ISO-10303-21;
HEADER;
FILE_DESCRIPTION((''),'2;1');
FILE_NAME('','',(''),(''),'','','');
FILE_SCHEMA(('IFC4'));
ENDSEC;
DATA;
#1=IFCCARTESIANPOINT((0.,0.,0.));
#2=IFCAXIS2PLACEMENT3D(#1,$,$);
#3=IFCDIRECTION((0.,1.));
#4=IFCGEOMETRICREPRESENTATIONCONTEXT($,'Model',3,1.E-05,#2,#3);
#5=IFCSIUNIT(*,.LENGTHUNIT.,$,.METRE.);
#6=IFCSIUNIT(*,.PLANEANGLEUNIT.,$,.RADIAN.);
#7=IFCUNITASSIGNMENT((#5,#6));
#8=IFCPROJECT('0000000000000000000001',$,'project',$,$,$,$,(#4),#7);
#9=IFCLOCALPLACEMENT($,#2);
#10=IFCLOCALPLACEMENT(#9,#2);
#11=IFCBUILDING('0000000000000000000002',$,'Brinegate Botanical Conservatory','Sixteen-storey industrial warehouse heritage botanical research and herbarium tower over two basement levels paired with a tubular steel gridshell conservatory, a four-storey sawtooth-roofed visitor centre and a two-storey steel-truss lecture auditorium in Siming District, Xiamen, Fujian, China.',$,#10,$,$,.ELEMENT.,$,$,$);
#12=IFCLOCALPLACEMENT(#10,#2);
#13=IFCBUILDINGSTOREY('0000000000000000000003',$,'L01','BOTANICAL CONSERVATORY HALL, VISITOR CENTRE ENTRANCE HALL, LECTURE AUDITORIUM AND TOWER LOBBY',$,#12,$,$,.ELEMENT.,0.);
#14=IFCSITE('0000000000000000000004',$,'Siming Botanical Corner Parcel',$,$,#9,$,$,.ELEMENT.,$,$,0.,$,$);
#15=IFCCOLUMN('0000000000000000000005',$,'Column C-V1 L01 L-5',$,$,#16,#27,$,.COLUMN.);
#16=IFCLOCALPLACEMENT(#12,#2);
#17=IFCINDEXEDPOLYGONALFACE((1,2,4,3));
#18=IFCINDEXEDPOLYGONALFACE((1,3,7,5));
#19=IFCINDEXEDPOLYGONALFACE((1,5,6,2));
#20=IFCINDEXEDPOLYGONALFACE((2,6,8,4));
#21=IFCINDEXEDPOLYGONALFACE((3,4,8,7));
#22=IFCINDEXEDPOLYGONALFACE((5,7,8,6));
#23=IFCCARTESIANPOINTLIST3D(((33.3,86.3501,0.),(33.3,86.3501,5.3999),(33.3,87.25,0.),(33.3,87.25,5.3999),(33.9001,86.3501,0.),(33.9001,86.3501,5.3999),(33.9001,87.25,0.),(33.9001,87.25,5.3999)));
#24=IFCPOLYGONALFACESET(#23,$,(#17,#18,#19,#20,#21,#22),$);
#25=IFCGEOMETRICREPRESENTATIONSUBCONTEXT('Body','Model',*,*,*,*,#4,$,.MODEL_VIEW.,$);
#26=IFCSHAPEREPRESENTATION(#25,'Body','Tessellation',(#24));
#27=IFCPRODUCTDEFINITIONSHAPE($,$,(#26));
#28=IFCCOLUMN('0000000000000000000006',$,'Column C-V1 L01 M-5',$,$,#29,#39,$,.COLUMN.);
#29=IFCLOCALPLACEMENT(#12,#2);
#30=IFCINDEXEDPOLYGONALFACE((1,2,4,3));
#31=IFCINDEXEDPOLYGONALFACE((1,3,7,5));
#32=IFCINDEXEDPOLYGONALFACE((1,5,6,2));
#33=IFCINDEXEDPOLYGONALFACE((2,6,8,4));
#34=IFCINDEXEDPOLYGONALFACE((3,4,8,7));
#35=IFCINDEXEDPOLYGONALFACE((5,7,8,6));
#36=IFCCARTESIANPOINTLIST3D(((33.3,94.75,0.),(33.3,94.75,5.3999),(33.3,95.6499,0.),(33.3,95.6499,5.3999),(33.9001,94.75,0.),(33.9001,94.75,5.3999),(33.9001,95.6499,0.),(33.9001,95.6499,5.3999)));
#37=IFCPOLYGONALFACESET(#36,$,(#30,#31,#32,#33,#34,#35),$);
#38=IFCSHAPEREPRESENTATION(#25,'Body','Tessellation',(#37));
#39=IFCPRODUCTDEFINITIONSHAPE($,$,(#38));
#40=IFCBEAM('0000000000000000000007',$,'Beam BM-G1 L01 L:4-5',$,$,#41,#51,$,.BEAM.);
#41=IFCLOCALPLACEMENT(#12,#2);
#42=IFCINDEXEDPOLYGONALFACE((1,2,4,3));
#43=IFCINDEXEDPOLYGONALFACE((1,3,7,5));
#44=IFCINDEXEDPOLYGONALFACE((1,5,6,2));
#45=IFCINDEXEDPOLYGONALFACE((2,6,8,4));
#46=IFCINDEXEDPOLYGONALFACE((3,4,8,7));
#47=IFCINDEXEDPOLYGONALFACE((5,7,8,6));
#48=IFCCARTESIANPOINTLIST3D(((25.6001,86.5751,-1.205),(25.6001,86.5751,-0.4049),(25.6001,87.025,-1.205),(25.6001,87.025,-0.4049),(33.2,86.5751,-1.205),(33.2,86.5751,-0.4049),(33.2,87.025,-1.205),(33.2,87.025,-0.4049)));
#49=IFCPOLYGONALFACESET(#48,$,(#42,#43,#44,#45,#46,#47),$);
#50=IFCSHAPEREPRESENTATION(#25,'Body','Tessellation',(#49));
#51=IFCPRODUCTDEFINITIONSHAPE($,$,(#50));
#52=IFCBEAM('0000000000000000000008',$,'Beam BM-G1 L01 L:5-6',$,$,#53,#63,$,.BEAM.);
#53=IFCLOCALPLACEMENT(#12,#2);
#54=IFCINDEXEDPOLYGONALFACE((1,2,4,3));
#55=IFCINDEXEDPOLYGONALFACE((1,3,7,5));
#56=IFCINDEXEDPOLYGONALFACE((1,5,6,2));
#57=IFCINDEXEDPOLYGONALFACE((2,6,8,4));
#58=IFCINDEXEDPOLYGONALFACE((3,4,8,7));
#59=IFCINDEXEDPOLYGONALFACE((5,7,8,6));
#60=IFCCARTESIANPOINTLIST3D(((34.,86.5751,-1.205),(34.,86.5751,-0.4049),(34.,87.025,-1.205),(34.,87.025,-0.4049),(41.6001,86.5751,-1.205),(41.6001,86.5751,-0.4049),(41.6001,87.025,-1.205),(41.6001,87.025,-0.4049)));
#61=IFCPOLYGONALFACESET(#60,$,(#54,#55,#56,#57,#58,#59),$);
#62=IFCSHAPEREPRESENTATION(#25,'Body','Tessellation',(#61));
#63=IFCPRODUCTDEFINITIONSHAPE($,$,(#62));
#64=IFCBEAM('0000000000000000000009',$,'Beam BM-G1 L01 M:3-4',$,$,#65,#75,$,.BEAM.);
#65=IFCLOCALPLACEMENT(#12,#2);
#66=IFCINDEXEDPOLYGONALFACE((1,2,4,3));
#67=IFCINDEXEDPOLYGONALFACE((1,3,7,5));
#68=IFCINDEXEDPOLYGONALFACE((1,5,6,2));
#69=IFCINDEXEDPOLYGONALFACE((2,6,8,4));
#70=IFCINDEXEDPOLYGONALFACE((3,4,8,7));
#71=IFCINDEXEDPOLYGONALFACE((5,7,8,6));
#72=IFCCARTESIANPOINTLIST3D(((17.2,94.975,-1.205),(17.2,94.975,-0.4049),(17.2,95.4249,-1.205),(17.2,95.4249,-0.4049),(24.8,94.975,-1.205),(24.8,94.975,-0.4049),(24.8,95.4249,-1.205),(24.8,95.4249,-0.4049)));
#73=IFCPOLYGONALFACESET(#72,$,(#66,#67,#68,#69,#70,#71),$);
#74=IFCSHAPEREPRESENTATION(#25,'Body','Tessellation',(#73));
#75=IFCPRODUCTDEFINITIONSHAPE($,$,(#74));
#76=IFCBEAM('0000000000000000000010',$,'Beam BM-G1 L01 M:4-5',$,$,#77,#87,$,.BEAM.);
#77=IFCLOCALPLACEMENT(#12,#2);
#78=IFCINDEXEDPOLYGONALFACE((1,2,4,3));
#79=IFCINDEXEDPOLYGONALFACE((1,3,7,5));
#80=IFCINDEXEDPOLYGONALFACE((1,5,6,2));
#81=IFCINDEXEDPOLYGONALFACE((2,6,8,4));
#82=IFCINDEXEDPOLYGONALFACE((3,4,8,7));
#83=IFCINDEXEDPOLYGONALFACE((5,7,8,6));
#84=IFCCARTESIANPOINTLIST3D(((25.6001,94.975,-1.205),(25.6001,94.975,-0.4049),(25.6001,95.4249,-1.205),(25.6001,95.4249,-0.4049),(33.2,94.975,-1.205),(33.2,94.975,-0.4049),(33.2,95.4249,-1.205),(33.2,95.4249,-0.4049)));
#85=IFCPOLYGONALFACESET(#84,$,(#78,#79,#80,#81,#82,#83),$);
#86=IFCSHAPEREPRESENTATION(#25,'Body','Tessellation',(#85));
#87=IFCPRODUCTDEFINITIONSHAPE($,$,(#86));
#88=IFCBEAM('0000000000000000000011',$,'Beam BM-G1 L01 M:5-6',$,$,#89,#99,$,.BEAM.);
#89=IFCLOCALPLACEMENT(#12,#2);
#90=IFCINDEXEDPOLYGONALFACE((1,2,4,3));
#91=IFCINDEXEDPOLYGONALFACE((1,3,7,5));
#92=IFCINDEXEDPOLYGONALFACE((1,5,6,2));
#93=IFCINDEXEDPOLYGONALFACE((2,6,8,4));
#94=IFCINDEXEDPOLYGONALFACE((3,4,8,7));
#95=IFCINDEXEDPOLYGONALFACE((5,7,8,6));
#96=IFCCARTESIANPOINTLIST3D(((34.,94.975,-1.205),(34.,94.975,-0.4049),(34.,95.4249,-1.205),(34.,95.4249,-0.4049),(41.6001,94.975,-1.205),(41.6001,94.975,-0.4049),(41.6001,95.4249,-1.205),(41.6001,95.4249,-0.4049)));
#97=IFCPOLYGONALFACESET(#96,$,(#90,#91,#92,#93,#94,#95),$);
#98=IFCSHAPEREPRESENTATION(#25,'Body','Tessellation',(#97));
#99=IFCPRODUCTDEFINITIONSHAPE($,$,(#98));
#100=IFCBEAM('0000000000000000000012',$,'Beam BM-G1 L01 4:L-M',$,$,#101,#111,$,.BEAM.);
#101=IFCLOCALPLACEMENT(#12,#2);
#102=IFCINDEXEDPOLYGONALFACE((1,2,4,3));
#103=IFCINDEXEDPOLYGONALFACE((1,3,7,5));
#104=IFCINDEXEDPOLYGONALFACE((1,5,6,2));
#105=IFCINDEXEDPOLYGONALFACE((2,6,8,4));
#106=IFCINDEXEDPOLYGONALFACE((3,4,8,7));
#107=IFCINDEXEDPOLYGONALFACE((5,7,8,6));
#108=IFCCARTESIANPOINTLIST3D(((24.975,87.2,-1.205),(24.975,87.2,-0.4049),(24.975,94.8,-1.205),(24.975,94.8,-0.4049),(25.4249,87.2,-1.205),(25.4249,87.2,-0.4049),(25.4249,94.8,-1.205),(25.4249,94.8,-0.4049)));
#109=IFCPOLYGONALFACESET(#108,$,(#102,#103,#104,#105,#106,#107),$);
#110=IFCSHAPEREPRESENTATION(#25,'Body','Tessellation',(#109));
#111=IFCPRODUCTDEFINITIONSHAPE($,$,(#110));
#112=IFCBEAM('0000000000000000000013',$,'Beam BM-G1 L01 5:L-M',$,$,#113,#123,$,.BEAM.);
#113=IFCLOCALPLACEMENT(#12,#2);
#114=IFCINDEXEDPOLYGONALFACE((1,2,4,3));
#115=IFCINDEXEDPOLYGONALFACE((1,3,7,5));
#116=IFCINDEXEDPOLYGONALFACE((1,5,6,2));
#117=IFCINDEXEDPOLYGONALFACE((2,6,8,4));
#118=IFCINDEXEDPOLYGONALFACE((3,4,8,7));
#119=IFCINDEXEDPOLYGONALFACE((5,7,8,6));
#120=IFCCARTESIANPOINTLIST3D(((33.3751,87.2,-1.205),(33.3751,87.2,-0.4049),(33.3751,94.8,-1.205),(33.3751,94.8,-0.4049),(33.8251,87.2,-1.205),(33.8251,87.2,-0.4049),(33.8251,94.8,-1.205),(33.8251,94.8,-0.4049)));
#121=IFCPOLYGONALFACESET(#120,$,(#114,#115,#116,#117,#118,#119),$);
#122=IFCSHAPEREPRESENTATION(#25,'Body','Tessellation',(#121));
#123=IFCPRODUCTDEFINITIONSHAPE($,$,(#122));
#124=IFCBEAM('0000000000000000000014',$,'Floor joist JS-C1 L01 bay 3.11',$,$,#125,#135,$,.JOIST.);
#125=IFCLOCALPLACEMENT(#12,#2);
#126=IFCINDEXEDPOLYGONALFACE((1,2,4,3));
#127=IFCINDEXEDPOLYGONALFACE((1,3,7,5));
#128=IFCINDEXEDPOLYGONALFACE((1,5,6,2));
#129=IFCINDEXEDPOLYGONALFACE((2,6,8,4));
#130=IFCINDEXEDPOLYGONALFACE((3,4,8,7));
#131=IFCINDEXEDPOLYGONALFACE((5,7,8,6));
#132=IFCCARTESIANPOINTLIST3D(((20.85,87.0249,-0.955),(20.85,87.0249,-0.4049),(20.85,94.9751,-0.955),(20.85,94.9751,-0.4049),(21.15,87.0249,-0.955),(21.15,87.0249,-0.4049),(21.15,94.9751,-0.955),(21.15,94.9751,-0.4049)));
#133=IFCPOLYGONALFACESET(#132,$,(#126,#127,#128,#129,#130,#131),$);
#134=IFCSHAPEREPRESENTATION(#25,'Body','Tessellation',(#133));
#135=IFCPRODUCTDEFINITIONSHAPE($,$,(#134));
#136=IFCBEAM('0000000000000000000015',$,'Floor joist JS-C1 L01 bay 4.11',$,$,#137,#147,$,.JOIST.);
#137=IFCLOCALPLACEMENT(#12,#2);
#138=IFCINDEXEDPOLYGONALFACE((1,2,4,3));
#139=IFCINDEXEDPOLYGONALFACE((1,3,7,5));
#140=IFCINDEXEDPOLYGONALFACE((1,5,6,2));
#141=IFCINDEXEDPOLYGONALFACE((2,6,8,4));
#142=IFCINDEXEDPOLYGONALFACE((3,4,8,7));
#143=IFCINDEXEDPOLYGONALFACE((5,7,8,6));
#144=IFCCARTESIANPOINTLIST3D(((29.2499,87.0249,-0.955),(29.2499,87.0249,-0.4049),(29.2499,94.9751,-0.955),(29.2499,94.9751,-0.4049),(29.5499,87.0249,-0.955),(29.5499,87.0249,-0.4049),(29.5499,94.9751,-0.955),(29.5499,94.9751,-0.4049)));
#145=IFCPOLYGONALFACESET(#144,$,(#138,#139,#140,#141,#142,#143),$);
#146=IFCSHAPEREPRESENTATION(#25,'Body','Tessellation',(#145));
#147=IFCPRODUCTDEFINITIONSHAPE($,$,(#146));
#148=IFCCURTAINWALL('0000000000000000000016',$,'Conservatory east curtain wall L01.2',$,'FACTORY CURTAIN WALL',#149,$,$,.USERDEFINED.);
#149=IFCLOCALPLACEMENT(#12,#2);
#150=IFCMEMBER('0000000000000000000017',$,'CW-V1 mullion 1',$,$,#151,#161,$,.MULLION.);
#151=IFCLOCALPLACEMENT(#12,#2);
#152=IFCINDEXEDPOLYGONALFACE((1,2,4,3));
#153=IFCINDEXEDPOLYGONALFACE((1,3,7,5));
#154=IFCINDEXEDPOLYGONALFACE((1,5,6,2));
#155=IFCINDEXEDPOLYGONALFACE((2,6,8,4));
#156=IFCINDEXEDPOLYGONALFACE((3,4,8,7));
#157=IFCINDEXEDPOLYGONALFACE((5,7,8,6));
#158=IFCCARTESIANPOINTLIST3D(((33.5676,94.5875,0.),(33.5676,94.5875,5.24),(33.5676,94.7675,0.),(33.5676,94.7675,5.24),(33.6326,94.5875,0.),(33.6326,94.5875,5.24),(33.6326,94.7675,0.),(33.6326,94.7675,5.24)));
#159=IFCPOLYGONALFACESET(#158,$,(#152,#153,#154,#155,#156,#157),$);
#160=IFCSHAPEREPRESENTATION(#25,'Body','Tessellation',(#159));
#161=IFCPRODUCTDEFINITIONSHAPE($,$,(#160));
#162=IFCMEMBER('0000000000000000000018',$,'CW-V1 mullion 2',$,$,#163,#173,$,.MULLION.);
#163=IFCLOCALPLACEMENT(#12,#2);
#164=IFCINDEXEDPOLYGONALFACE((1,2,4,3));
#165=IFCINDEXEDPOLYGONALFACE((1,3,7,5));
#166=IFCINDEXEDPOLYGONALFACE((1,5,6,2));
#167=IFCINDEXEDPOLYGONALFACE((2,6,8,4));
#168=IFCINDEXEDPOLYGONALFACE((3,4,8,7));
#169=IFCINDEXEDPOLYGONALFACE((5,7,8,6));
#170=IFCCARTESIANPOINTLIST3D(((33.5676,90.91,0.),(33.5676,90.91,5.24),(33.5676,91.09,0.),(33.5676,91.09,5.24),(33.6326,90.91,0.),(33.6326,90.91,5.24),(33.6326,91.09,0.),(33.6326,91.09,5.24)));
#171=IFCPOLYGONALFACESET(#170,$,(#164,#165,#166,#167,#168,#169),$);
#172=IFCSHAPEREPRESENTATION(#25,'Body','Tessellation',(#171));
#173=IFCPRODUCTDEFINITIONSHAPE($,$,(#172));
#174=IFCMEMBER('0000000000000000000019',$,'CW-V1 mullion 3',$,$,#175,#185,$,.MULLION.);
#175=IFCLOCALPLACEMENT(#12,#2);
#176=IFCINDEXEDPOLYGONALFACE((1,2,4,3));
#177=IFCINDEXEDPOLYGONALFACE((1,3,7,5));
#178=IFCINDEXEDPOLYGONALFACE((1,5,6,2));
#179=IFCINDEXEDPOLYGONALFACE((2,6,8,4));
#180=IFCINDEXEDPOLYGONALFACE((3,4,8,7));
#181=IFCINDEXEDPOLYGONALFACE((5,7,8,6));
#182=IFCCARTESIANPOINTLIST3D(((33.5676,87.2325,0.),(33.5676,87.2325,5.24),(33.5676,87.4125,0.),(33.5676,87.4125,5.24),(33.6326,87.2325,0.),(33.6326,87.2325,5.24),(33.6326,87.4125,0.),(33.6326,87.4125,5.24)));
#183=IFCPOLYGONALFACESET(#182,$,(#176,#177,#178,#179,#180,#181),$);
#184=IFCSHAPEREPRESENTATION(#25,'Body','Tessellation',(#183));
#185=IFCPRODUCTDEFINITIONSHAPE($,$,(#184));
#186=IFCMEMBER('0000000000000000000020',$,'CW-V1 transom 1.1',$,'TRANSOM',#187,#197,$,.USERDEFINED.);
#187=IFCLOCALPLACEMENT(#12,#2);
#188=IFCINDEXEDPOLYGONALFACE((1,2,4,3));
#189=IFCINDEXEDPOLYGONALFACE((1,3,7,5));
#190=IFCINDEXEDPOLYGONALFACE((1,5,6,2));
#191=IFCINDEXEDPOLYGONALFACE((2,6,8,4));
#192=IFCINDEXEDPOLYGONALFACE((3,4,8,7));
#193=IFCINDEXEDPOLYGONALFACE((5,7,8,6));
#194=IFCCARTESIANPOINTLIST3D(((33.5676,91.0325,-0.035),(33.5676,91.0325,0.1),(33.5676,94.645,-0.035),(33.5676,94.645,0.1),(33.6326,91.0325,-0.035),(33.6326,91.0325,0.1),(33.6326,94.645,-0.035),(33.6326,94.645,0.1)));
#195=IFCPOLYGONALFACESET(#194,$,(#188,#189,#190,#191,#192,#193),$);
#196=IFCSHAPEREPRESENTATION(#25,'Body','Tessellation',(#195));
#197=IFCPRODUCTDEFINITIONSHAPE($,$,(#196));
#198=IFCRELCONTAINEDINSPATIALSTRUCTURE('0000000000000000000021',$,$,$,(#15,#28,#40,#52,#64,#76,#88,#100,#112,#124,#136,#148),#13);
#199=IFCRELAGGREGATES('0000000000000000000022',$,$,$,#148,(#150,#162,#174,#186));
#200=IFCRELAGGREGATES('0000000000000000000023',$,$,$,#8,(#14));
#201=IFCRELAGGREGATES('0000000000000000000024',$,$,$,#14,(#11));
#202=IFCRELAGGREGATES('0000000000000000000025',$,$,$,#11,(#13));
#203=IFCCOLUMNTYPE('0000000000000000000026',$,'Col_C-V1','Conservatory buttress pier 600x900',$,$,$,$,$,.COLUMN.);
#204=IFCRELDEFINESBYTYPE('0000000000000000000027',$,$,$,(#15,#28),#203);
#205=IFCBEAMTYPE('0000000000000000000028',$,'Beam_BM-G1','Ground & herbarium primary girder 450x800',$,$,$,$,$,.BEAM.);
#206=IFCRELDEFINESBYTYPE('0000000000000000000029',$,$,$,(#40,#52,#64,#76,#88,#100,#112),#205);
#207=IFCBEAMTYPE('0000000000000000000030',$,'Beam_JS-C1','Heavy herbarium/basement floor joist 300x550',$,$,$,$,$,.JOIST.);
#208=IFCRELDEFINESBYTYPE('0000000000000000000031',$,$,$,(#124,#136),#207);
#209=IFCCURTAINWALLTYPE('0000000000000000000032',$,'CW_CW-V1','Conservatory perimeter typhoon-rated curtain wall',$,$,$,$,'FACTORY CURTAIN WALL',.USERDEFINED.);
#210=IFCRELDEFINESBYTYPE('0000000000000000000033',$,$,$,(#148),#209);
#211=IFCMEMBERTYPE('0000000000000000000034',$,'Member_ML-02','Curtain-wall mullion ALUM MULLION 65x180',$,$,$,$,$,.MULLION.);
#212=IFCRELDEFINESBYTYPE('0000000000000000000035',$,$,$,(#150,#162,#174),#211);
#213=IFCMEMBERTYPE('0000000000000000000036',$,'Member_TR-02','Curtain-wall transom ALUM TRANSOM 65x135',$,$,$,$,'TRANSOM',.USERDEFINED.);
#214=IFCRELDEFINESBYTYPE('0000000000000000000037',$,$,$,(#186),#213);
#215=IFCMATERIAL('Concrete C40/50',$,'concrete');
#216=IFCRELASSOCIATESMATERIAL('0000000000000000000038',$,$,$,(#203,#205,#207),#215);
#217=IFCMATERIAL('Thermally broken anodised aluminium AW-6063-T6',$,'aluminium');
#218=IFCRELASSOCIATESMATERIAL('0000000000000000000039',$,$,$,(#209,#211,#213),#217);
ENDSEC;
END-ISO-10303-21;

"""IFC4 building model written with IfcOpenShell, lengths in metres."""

from ifc_helpers import new_model, si_unit, direction, frame, origin, origin_2d, place, context, subcontext, project, spatial, rectangle, extrude, material, material_profile, profile_set, type_object, element, aggregate, save


model = new_model("IFC4")

# Units and contexts
model_context = context("Model", 3, precision=1e-05, world=origin(), true_north=direction((0.0, 1.0)))
body_context = subcontext(model_context, "Body", "Model", "MODEL_VIEW")
ifc_project = project(units=[si_unit("LENGTHUNIT", "METRE"), si_unit("PLANEANGLEUNIT", "RADIAN")], contexts=[model_context])

# Site, building, storey
site_placement = place(None, origin())
site = spatial("IfcSite", under=ifc_project, at=site_placement, Name="Siming Botanical Corner Parcel", CompositionType="ELEMENT", RefElevation=0.0)
building_placement = place(site_placement, origin())
building = spatial("IfcBuilding", under=site, at=building_placement, Name="Brinegate Botanical Conservatory", Description="Sixteen-storey industrial warehouse heritage botanical research and herbarium tower over two basement levels paired with a tubular steel gridshell conservatory, a four-storey sawtooth-roofed visitor centre and a two-storey steel-truss lecture auditorium in Siming District, Xiamen, Fujian, China.", CompositionType="ELEMENT")
storey_placement = place(building_placement, origin())
storey = spatial("IfcBuildingStorey", under=building, at=storey_placement, Name="L01", Description="BOTANICAL CONSERVATORY HALL, VISITOR CENTRE ENTRANCE HALL, LECTURE AUDITORIUM AND TOWER LOBBY", CompositionType="ELEMENT", Elevation=0.0)

# Columns
ifc_material_1 = material(Name="Concrete C40/50", Category="concrete")
ifc_material_profile_1 = material_profile(ifc_material_1, rectangle(XDim=0.6001, YDim=0.8999, at=origin_2d()), Name="RC PIER 600x900")
ifc_profile_set_1 = profile_set([ifc_material_profile_1], Name="Concrete C40/50")
column_type = type_object("IfcColumnType", Name="Col_C-V1", Description="Conservatory buttress pier 600x900", PredefinedType="COLUMN", material=ifc_profile_set_1)
for number, where, z_axis, x_axis, name in (
    (1, (33.6001, 86.8, 0.0), (0.0, 0.0, 1.0), (1.0, 0.0, 0.0), "Column C-V1 L01 L-5"),
    (2, (33.6001, 95.2, 0.0), (0.0, 0.0, 1.0), (1.0, 0.0, 0.0), "Column C-V1 L01 M-5"),
):
    element("IfcColumn", number, at=place(storey_placement, frame(where, z_axis=z_axis, x_axis=x_axis)), inside=storey, type_object=column_type, Name=name, PredefinedType="COLUMN", context=body_context, shape_type="SweptSolid", body=[
        extrude(rectangle(XDim=0.6001, YDim=0.8999, at=origin_2d()), origin(), (0.0, 0.0, 1.0), 5.3999),
    ])

# Beams
ifc_material_profile_2 = material_profile(ifc_material_1, rectangle(XDim=0.45, YDim=0.8, at=origin_2d()), Name="RC BM 450x800")
ifc_profile_set_2 = profile_set([ifc_material_profile_2], Name="Concrete C40/50")
beam_type_1 = type_object("IfcBeamType", Name="Beam_BM-G1", Description="Ground & herbarium primary girder 450x800", PredefinedType="BEAM", material=ifc_profile_set_2)
beam_1_placement = place(storey_placement, frame((25.6001, 86.8, -0.8049), z_axis=(1.0, 0.0, 0.0), x_axis=(0.0, 1.0, 0.0)))
element("IfcBeam", 3, at=beam_1_placement, inside=storey, type_object=beam_type_1, Name="Beam BM-G1 L01 L:4-5", PredefinedType="BEAM", context=body_context, shape_type="SweptSolid", body=[
    extrude(rectangle(XDim=0.45, YDim=0.8, at=origin_2d()), origin(), (0.0, 0.0, 1.0), 7.5999),
])
for number, where, z_axis, x_axis, name in (
    (4, (34.0, 86.8, -0.8049), (1.0, 0.0, 0.0), (0.0, 1.0, 0.0), "Beam BM-G1 L01 L:5-6"),
    (5, (17.2, 95.2, -0.8049), (1.0, 0.0, 0.0), (0.0, 1.0, 0.0), "Beam BM-G1 L01 M:3-4"),
):
    element("IfcBeam", number, at=place(storey_placement, frame(where, z_axis=z_axis, x_axis=x_axis)), inside=storey, type_object=beam_type_1, Name=name, PredefinedType="BEAM", context=body_context, shape_type="SweptSolid", body=[
        extrude(rectangle(XDim=0.45, YDim=0.8, at=origin_2d()), origin(), (0.0, 0.0, 1.0), 7.6001),
    ])
beam_2_placement = place(storey_placement, frame((25.6001, 95.2, -0.8049), z_axis=(1.0, 0.0, 0.0), x_axis=(0.0, 1.0, 0.0)))
element("IfcBeam", 6, at=beam_2_placement, inside=storey, type_object=beam_type_1, Name="Beam BM-G1 L01 M:4-5", PredefinedType="BEAM", context=body_context, shape_type="SweptSolid", body=[
    extrude(rectangle(XDim=0.45, YDim=0.8, at=origin_2d()), origin(), (0.0, 0.0, 1.0), 7.5999),
])
for number, where, z_axis, x_axis, name in (
    (7, (34.0, 95.2, -0.8049), (1.0, 0.0, 0.0), (0.0, 1.0, 0.0), "Beam BM-G1 L01 M:5-6"),
    (8, (25.2, 87.2, -0.8049), (0.0, 1.0, 0.0), (-1.0, 0.0, 0.0), "Beam BM-G1 L01 4:L-M"),
    (9, (33.6001, 87.2, -0.8049), (0.0, 1.0, 0.0), (-1.0, 0.0, 0.0), "Beam BM-G1 L01 5:L-M"),
):
    element("IfcBeam", number, at=place(storey_placement, frame(where, z_axis=z_axis, x_axis=x_axis)), inside=storey, type_object=beam_type_1, Name=name, PredefinedType="BEAM", context=body_context, shape_type="SweptSolid", body=[
        extrude(rectangle(XDim=0.45, YDim=0.8, at=origin_2d()), origin(), (0.0, 0.0, 1.0), 7.6001),
    ])
ifc_material_profile_3 = material_profile(ifc_material_1, rectangle(XDim=0.3, YDim=0.55, at=origin_2d()), Name="RC JST 300x550")
ifc_profile_set_3 = profile_set([ifc_material_profile_3], Name="Concrete C40/50")
beam_type_2 = type_object("IfcBeamType", Name="Beam_JS-C1", Description="Heavy herbarium/basement floor joist 300x550", PredefinedType="JOIST", material=ifc_profile_set_3)
for number, where, z_axis, x_axis, name in (
    (10, (21.0, 87.0249, -0.6799), (0.0, 1.0, 0.0), (-1.0, 0.0, 0.0), "Floor joist JS-C1 L01 bay 3.11"),
    (11, (29.3999, 87.0249, -0.6799), (0.0, 1.0, 0.0), (-1.0, 0.0, 0.0), "Floor joist JS-C1 L01 bay 4.11"),
):
    element("IfcBeam", number, at=place(storey_placement, frame(where, z_axis=z_axis, x_axis=x_axis)), inside=storey, type_object=beam_type_2, Name=name, PredefinedType="JOIST", context=body_context, shape_type="SweptSolid", body=[
        extrude(rectangle(XDim=0.3, YDim=0.55, at=origin_2d()), origin(), (0.0, 0.0, 1.0), 7.9502),
    ])

# Curtain wall, members
ifc_material_2 = material(Name="Thermally broken anodised aluminium AW-6063-T6", Category="aluminium")
curtain_wall_type = type_object("IfcCurtainWallType", Name="CW_CW-V1", Description="Conservatory perimeter typhoon-rated curtain wall", ElementType="FACTORY CURTAIN WALL", PredefinedType="USERDEFINED", material=ifc_material_2)
curtain_wall_placement = place(storey_placement, origin())
curtain_wall = element("IfcCurtainWall", 12, at=curtain_wall_placement, inside=storey, type_object=curtain_wall_type, Name="Conservatory east curtain wall L01.2", ObjectType="FACTORY CURTAIN WALL", PredefinedType="USERDEFINED")
ifc_material_profile_4 = material_profile(ifc_material_2, rectangle(XDim=0.0649, YDim=0.1799, at=origin_2d()), Name="ALUM MULLION 65x180")
ifc_profile_set_4 = profile_set([ifc_material_profile_4], Name="Thermally broken anodised aluminium AW-6063-T6")
member_type_1 = type_object("IfcMemberType", Name="Member_ML-02", Description="Curtain-wall mullion ALUM MULLION 65x180", PredefinedType="MULLION", material=ifc_profile_set_4)
member_1_placement = place(storey_placement, frame((33.6001, 94.6775, 0.0), z_axis=(0.0, 0.0, 1.0), x_axis=(1.0, 0.0, 0.0)))
member_1 = element("IfcMember", 13, at=member_1_placement, type_object=member_type_1, Name="CW-V1 mullion 1", PredefinedType="MULLION", context=body_context, shape_type="SweptSolid", body=[
    extrude(rectangle(XDim=0.0649, YDim=0.1799, at=origin_2d()), origin(), (0.0, 0.0, 1.0), 5.24),
])
member_2_placement = place(storey_placement, frame((33.6001, 91.0, 0.0), z_axis=(0.0, 0.0, 1.0), x_axis=(1.0, 0.0, 0.0)))
member_2 = element("IfcMember", 14, at=member_2_placement, type_object=member_type_1, Name="CW-V1 mullion 2", PredefinedType="MULLION", context=body_context, shape_type="SweptSolid", body=[
    extrude(rectangle(XDim=0.0649, YDim=0.1799, at=origin_2d()), origin(), (0.0, 0.0, 1.0), 5.24),
])
member_3_placement = place(storey_placement, frame((33.6001, 87.3225, 0.0), z_axis=(0.0, 0.0, 1.0), x_axis=(1.0, 0.0, 0.0)))
member_3 = element("IfcMember", 15, at=member_3_placement, type_object=member_type_1, Name="CW-V1 mullion 3", PredefinedType="MULLION", context=body_context, shape_type="SweptSolid", body=[
    extrude(rectangle(XDim=0.0649, YDim=0.1799, at=origin_2d()), origin(), (0.0, 0.0, 1.0), 5.24),
])
ifc_material_profile_5 = material_profile(ifc_material_2, rectangle(XDim=0.0649, YDim=0.135, at=origin_2d()), Name="ALUM TRANSOM 65x135")
ifc_profile_set_5 = profile_set([ifc_material_profile_5], Name="Thermally broken anodised aluminium AW-6063-T6")
member_type_2 = type_object("IfcMemberType", Name="Member_TR-02", Description="Curtain-wall transom ALUM TRANSOM 65x135", ElementType="TRANSOM", PredefinedType="USERDEFINED", material=ifc_profile_set_5)
member_4_placement = place(storey_placement, frame((33.6001, 94.645, 0.0325), z_axis=(0.0, -1.0, 0.0), x_axis=(1.0, 0.0, 0.0)))
member_4 = element("IfcMember", 16, at=member_4_placement, type_object=member_type_2, Name="CW-V1 transom 1.1", ObjectType="TRANSOM", PredefinedType="USERDEFINED", context=body_context, shape_type="SweptSolid", body=[
    extrude(rectangle(XDim=0.0649, YDim=0.135, at=origin_2d()), origin(), (0.0, 0.0, 1.0), 3.6125),
])
aggregate(curtain_wall, [member_1, member_2, member_3, member_4])

save(model, "model.ifc")
